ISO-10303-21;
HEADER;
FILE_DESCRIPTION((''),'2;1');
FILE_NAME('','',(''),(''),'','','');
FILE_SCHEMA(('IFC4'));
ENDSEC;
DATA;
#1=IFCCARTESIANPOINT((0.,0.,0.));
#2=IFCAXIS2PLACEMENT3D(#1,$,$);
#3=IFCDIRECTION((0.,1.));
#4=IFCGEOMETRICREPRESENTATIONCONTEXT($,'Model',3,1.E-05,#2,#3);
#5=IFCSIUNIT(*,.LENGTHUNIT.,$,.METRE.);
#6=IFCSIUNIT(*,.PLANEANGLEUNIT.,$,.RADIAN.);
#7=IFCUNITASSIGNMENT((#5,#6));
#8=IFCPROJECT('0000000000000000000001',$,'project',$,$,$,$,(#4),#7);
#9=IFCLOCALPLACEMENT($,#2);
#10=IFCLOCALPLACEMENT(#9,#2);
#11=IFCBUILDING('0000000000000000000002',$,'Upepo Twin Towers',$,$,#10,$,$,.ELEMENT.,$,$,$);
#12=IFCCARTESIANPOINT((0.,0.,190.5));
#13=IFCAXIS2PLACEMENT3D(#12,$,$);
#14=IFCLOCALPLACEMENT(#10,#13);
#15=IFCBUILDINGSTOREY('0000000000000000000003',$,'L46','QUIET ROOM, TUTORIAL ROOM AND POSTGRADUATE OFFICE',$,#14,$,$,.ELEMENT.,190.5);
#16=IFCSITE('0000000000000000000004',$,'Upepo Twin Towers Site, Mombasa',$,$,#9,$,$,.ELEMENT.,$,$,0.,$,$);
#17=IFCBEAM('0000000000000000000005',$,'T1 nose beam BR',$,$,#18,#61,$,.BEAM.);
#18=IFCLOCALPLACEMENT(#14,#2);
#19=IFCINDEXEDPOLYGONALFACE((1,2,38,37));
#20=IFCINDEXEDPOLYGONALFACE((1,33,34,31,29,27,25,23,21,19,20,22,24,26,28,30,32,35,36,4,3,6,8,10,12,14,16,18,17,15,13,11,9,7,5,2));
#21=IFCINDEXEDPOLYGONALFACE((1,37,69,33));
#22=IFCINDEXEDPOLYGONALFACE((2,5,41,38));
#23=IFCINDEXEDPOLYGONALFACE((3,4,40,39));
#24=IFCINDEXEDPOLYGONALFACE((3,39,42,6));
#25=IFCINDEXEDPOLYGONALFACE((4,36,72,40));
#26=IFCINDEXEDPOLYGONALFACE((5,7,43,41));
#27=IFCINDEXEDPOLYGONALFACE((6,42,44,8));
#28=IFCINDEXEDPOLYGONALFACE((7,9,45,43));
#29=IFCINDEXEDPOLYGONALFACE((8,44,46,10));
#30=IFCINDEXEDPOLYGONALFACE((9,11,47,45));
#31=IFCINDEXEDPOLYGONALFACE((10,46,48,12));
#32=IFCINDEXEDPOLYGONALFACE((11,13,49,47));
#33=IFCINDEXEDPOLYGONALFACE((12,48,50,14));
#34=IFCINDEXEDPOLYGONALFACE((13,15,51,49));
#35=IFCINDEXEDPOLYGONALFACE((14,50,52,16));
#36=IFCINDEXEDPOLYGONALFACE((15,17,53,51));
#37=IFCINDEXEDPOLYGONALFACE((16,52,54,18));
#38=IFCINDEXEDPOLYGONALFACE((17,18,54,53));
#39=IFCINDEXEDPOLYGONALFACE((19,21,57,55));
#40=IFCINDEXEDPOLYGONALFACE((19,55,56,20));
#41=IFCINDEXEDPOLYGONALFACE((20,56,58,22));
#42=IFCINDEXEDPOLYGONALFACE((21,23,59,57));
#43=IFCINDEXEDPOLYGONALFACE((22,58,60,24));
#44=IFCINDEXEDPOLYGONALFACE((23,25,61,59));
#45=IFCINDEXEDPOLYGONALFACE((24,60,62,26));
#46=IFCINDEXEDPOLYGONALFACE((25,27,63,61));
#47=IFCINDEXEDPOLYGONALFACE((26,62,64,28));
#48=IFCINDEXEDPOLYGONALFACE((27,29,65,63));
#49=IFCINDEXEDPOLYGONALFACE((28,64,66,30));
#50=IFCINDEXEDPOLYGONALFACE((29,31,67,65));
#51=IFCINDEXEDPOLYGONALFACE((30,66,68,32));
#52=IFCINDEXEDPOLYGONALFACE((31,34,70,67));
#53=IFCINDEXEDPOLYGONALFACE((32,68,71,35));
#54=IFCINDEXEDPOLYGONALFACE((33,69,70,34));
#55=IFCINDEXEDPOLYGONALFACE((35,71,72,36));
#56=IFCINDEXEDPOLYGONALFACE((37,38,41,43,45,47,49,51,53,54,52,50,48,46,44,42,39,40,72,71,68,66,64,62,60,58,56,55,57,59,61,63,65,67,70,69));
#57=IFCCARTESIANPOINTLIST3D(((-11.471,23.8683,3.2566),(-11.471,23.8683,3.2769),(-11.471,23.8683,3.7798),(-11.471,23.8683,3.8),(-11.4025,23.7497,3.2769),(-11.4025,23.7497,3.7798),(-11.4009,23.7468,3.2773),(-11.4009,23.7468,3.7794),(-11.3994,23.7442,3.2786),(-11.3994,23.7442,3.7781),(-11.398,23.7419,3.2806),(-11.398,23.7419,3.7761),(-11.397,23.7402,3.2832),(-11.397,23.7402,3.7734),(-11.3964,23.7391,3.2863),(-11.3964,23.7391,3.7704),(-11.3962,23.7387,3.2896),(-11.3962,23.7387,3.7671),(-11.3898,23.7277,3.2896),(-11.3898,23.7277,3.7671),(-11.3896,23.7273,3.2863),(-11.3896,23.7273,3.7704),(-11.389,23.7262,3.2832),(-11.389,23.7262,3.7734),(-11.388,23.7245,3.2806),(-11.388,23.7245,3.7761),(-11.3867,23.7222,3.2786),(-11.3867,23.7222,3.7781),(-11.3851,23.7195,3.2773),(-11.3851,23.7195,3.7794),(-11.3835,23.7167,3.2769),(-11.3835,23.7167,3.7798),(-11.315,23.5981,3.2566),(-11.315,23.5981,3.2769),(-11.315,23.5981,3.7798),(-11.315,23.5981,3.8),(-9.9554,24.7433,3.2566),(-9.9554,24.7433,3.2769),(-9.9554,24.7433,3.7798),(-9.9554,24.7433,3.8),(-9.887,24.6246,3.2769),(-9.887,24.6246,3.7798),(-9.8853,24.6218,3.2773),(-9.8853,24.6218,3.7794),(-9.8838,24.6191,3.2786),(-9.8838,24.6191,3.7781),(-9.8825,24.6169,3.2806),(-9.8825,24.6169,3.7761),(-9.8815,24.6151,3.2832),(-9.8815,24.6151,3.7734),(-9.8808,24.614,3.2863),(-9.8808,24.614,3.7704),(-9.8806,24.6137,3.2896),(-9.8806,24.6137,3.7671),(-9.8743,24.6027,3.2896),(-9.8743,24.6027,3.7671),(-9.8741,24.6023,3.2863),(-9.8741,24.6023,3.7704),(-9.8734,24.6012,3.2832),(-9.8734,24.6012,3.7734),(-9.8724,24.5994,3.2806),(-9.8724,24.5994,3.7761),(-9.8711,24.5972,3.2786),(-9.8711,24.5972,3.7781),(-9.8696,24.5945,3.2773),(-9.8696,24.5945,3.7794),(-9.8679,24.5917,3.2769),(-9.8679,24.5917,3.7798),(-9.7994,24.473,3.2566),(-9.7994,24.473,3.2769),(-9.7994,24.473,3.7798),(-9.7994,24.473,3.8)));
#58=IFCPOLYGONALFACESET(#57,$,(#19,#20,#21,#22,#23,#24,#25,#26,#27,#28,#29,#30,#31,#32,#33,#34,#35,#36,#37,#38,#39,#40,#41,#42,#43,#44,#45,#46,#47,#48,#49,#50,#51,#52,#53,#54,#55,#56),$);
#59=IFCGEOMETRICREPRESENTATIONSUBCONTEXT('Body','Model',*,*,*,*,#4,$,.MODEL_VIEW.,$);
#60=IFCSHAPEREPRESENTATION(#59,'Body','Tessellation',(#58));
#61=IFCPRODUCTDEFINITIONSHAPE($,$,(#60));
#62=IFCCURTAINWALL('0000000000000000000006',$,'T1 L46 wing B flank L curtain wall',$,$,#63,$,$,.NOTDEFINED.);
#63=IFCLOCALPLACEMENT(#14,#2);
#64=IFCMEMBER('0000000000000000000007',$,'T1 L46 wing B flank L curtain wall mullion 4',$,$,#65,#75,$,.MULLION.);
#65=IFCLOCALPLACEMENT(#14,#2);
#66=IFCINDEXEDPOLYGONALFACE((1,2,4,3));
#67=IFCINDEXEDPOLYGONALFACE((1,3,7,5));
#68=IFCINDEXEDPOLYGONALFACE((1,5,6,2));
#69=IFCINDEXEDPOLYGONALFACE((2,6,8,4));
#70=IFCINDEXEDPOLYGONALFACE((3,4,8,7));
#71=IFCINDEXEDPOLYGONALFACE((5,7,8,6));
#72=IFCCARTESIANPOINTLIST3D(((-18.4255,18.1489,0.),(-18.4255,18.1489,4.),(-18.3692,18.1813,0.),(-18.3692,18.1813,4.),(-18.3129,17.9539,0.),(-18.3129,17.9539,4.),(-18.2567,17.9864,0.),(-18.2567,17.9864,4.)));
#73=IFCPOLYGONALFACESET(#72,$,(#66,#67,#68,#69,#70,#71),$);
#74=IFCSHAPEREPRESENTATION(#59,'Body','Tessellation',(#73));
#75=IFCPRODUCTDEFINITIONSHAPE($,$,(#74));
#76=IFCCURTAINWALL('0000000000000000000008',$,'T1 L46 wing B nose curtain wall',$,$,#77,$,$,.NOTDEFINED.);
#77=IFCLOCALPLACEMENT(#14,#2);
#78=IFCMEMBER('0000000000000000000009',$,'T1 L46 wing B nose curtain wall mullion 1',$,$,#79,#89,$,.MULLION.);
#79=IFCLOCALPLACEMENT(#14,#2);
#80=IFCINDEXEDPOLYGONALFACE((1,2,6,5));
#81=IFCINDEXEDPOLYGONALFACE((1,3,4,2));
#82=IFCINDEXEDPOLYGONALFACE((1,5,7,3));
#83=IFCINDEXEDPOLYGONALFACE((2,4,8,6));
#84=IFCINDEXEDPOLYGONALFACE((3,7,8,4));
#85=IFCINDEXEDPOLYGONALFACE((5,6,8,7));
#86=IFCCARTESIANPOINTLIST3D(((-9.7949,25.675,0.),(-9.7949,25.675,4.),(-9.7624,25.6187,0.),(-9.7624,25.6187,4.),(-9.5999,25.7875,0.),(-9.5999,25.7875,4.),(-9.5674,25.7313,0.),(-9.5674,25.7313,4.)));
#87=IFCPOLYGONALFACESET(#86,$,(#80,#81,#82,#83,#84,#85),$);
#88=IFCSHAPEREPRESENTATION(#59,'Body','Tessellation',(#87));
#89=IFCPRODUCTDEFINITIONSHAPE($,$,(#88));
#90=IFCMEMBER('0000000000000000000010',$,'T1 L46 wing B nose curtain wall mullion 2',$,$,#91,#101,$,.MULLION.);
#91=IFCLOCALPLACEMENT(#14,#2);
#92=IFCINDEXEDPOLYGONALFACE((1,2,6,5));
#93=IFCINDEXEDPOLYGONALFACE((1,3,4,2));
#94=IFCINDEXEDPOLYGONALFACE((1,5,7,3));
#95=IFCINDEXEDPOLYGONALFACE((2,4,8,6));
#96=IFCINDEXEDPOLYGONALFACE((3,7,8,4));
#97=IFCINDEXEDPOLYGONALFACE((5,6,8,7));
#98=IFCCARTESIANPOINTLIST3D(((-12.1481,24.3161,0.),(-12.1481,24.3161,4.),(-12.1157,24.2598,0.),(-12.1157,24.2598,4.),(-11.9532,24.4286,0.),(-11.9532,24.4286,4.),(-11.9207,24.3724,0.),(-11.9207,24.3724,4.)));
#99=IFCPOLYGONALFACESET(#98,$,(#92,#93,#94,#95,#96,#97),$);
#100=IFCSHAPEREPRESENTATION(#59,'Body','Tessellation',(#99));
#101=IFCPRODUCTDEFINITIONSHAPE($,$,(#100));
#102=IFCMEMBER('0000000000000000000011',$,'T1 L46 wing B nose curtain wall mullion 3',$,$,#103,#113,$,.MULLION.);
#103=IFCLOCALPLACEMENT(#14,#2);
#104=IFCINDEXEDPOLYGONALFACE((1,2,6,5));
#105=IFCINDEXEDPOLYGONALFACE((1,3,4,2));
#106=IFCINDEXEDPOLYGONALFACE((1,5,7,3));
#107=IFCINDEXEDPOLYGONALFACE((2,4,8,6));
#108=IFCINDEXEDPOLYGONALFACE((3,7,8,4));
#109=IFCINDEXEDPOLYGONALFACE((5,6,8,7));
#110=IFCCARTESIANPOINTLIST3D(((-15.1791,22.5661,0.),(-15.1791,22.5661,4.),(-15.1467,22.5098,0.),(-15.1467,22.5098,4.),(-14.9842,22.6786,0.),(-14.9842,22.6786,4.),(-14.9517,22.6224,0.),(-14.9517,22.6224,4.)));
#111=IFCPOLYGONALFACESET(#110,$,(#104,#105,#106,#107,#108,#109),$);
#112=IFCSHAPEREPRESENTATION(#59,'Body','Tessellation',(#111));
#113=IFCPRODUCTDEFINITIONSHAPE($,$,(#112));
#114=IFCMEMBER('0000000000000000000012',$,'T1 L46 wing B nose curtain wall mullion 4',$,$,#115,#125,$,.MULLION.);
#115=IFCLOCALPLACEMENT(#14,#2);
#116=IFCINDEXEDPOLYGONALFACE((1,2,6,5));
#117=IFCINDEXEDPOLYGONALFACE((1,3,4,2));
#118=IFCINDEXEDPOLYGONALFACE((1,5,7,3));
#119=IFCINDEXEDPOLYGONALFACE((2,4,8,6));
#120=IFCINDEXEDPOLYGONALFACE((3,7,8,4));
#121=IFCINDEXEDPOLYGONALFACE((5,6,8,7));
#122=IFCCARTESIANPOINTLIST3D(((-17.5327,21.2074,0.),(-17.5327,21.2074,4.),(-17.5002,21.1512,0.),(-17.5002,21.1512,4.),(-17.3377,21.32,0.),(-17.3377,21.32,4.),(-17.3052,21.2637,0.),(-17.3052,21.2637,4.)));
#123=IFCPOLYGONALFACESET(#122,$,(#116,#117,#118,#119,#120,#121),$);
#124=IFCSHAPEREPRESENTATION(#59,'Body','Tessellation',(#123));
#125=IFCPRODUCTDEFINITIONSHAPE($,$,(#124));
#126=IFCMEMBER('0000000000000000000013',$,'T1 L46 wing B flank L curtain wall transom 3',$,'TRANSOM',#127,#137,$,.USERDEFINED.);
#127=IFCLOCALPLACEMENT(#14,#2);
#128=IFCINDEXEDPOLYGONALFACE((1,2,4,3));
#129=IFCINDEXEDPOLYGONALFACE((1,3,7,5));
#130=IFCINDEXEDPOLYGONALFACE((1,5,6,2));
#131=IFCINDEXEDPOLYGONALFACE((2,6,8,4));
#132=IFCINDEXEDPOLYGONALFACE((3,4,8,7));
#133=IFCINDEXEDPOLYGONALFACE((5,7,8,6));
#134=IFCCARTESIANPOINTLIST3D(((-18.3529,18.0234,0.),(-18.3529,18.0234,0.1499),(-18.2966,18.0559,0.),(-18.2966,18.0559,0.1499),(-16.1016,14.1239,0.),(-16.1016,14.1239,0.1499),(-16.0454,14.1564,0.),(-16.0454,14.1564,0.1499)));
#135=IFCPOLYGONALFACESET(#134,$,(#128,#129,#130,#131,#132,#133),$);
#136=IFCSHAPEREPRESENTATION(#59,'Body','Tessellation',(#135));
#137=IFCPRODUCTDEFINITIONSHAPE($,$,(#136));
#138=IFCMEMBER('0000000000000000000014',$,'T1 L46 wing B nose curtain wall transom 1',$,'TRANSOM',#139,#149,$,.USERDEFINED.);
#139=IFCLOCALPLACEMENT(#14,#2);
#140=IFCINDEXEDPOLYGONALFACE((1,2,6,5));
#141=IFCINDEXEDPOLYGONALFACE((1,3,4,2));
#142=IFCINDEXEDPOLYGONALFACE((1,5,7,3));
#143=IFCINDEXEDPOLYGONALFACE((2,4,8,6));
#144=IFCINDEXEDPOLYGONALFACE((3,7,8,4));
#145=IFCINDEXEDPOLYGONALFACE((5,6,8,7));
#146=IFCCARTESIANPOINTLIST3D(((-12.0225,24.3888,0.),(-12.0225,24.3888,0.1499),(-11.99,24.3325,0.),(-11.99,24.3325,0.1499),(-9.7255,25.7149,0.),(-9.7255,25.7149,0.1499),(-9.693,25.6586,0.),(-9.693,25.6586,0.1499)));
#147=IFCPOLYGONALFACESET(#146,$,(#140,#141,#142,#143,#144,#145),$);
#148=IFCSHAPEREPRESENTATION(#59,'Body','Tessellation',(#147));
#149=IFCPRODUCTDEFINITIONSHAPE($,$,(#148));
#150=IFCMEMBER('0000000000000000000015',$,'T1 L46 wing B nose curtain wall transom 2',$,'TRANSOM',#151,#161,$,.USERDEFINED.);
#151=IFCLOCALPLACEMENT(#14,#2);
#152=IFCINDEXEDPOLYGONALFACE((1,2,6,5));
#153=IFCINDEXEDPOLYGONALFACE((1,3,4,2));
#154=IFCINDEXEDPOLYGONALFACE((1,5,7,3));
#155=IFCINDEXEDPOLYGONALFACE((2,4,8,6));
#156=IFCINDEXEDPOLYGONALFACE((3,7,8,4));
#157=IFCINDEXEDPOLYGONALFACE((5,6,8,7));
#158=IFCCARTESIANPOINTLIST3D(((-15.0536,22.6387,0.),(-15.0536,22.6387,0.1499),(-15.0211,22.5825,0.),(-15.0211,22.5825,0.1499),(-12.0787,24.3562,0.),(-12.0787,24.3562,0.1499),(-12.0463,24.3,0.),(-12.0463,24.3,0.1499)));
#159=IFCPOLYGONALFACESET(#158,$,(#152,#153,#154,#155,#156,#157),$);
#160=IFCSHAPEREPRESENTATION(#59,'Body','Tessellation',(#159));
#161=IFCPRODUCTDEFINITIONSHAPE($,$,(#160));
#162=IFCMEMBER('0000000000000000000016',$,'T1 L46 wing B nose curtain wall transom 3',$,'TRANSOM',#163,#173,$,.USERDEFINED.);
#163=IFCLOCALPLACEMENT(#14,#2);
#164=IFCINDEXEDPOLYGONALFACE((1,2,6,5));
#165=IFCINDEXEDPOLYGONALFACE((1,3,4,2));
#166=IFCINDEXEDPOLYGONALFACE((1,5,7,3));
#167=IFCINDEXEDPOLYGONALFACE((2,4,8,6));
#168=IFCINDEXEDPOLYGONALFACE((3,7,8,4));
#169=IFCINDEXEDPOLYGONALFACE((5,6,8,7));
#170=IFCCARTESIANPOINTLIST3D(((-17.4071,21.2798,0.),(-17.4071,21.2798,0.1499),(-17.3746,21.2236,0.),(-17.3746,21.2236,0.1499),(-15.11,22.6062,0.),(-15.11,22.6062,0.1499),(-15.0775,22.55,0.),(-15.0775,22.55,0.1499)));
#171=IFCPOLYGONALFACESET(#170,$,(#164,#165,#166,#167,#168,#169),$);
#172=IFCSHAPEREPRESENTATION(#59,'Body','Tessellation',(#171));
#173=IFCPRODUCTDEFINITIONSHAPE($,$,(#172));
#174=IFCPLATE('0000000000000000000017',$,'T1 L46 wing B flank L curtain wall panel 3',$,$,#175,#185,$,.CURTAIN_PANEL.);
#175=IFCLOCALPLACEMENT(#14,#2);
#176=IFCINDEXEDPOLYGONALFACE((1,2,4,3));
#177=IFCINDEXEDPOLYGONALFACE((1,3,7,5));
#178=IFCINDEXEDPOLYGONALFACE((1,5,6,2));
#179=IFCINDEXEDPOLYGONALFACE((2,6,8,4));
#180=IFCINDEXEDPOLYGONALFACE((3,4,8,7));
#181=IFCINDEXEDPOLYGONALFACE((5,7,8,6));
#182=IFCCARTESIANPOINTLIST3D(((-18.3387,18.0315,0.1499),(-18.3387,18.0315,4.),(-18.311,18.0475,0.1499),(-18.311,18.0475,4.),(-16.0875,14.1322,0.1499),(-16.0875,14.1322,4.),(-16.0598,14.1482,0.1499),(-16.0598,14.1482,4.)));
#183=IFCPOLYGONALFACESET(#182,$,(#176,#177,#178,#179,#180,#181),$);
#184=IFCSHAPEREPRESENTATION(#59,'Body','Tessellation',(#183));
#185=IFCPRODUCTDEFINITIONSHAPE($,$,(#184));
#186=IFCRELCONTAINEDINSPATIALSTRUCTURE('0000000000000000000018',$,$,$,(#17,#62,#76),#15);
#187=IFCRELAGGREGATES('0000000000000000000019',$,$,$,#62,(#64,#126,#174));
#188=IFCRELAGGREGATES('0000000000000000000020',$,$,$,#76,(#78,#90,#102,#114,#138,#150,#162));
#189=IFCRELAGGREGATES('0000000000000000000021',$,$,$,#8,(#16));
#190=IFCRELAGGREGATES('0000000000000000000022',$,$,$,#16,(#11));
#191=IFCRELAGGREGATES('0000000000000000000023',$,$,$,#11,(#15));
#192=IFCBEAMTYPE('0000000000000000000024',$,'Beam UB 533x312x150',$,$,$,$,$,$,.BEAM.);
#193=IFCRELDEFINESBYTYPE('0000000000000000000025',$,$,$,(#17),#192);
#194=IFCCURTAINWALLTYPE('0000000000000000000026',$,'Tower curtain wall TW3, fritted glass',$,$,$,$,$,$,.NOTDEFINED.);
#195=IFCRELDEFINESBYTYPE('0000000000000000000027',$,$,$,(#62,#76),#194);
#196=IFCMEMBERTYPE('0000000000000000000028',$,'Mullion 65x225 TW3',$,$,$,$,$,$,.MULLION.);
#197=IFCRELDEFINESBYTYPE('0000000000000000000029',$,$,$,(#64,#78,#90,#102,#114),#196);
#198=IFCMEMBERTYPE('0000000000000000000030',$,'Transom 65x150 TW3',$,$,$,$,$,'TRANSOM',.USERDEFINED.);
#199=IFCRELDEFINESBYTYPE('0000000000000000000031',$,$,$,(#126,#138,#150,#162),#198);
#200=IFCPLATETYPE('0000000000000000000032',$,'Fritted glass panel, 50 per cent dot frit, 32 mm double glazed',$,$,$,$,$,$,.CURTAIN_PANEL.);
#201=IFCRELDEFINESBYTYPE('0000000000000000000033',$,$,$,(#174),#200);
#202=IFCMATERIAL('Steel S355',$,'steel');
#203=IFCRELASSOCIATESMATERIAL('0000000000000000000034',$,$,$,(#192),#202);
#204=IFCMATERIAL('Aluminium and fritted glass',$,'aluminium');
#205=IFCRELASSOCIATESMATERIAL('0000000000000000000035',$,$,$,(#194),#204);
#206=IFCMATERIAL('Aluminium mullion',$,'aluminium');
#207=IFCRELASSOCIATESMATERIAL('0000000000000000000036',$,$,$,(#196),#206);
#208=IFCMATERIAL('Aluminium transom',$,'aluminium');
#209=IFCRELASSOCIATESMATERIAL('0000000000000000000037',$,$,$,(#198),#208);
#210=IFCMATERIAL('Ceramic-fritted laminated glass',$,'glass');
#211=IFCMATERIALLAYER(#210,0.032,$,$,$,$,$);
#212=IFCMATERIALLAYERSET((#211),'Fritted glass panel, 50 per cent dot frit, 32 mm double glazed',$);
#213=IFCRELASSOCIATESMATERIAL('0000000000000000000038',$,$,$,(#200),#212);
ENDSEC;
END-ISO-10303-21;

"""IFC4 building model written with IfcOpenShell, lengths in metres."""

from ifc_helpers import new_model, si_unit, direction, frame, origin, origin_2d, place, context, subcontext, project, spatial, rectangle, i_section, extrude, material, layer, layer_set, material_profile, profile_set, type_object, element, aggregate, save


model = new_model("IFC4")

# Units and contexts
model_context = context("Model", 3, precision=1e-05, world=origin(), true_north=direction((0.0, 1.0)))
body_context = subcontext(model_context, "Body", "Model", "MODEL_VIEW")
ifc_project = project(units=[si_unit("LENGTHUNIT", "METRE"), si_unit("PLANEANGLEUNIT", "RADIAN")], contexts=[model_context])

# Site, building, storey
site_placement = place(None, origin())
site = spatial("IfcSite", under=ifc_project, at=site_placement, Name="Upepo Twin Towers Site, Mombasa", CompositionType="ELEMENT", RefElevation=0.0)
building_placement = place(site_placement, origin())
building = spatial("IfcBuilding", under=site, at=building_placement, Name="Upepo Twin Towers", CompositionType="ELEMENT")
storey_placement = place(building_placement, frame((0.0, 0.0, 190.5)))
storey = spatial("IfcBuildingStorey", under=building, at=storey_placement, Name="L46", Description="QUIET ROOM, TUTORIAL ROOM AND POSTGRADUATE OFFICE", CompositionType="ELEMENT", Elevation=190.5)

# Beam
ifc_material_1 = material(Name="Steel S355", Category="steel")
ifc_material_profile_1 = material_profile(ifc_material_1, i_section(OverallWidth=0.312, OverallDepth=0.5435, WebThickness=0.0127, FlangeThickness=0.0203, FilletRadius=0.0127, at=origin_2d()), Name="UB 533x312x150")
ifc_profile_set_1 = profile_set([ifc_material_profile_1], Name="Steel S355")
beam_type_1 = type_object("IfcBeamType", Name="Beam UB 533x312x150", PredefinedType="BEAM", material=ifc_profile_set_1)
for number, where, z_axis, x_axis, name in (
    (1, (-9.8774, 24.6082, 3.5283), (-0.866037, -0.49998, 0.0), (0.49998, -0.866037, 0.0), "T1 nose beam BR"),
):
    element("IfcBeam", number, at=place(storey_placement, frame(where, z_axis=z_axis, x_axis=x_axis)), inside=storey, type_object=beam_type_1, Name=name, PredefinedType="BEAM", context=body_context, shape_type="SweptSolid", body=[
        extrude(i_section(OverallWidth=0.312, OverallDepth=0.5435, WebThickness=0.0127, FlangeThickness=0.0203, FilletRadius=0.0127, at=origin_2d()), origin(), (0.0, 0.0, 1.0), 1.75),
    ])

# Curtain wall, member
ifc_material_2 = material(Name="Aluminium and fritted glass", Category="aluminium")
curtain_wall_type = type_object("IfcCurtainWallType", Name="Tower curtain wall TW3, fritted glass", PredefinedType="NOTDEFINED", material=ifc_material_2)
curtain_wall_1_placement = place(storey_placement, origin())
curtain_wall_1 = element("IfcCurtainWall", 2, at=curtain_wall_1_placement, inside=storey, type_object=curtain_wall_type, Name="T1 L46 wing B flank L curtain wall", PredefinedType="NOTDEFINED")
ifc_material_3 = material(Name="Aluminium mullion", Category="aluminium")
ifc_material_profile_2 = material_profile(ifc_material_3, rectangle(XDim=0.0649, YDim=0.2251, at=origin_2d()), Name="MULLION 65x225")
ifc_profile_set_2 = profile_set([ifc_material_profile_2], Name="Aluminium mullion")
member_type_1 = type_object("IfcMemberType", Name="Mullion 65x225 TW3", PredefinedType="MULLION", material=ifc_profile_set_2)
member_1_placement = place(storey_placement, frame((-18.3411, 18.0676, 0.0), z_axis=(0.0, 0.0, 1.0), x_axis=(-0.866025, -0.5, 0.0)))
member_1 = element("IfcMember", 3, at=member_1_placement, type_object=member_type_1, Name="T1 L46 wing B flank L curtain wall mullion 4", PredefinedType="MULLION", context=body_context, shape_type="SweptSolid", body=[
    extrude(rectangle(XDim=0.0649, YDim=0.2251, at=origin_2d()), origin(), (0.0, 0.0, 1.0), 4.0),
])

# Curtain wall, members
curtain_wall_2_placement = place(storey_placement, origin())
curtain_wall_2 = element("IfcCurtainWall", 4, at=curtain_wall_2_placement, inside=storey, type_object=curtain_wall_type, Name="T1 L46 wing B nose curtain wall", PredefinedType="NOTDEFINED")
member_2_placement = place(storey_placement, frame((-9.6812, 25.7031, 0.0), z_axis=(0.0, 0.0, 1.0), x_axis=(0.5, -0.866025, 0.0)))
member_2 = element("IfcMember", 5, at=member_2_placement, type_object=member_type_1, Name="T1 L46 wing B nose curtain wall mullion 1", PredefinedType="MULLION", context=body_context, shape_type="SweptSolid", body=[
    extrude(rectangle(XDim=0.0649, YDim=0.2251, at=origin_2d()), origin(), (0.0, 0.0, 1.0), 4.0),
])
member_3_placement = place(storey_placement, frame((-12.0344, 24.3442, 0.0), z_axis=(0.0, 0.0, 1.0), x_axis=(0.5, -0.866025, 0.0)))
member_3 = element("IfcMember", 6, at=member_3_placement, type_object=member_type_1, Name="T1 L46 wing B nose curtain wall mullion 2", PredefinedType="MULLION", context=body_context, shape_type="SweptSolid", body=[
    extrude(rectangle(XDim=0.0649, YDim=0.2251, at=origin_2d()), origin(), (0.0, 0.0, 1.0), 4.0),
])
member_4_placement = place(storey_placement, frame((-15.0654, 22.5942, 0.0), z_axis=(0.0, 0.0, 1.0), x_axis=(0.5, -0.866025, 0.0)))
member_4 = element("IfcMember", 7, at=member_4_placement, type_object=member_type_1, Name="T1 L46 wing B nose curtain wall mullion 3", PredefinedType="MULLION", context=body_context, shape_type="SweptSolid", body=[
    extrude(rectangle(XDim=0.0649, YDim=0.2251, at=origin_2d()), origin(), (0.0, 0.0, 1.0), 4.0),
])
member_5_placement = place(storey_placement, frame((-17.4189, 21.2356, 0.0), z_axis=(0.0, 0.0, 1.0), x_axis=(0.5, -0.866025, 0.0)))
member_5 = element("IfcMember", 8, at=member_5_placement, type_object=member_type_1, Name="T1 L46 wing B nose curtain wall mullion 4", PredefinedType="MULLION", context=body_context, shape_type="SweptSolid", body=[
    extrude(rectangle(XDim=0.0649, YDim=0.2251, at=origin_2d()), origin(), (0.0, 0.0, 1.0), 4.0),
])

# Members
ifc_material_4 = material(Name="Aluminium transom", Category="aluminium")
ifc_material_profile_3 = material_profile(ifc_material_4, rectangle(XDim=0.0649, YDim=0.1499, at=origin_2d()), Name="TRANSOM 65x150")
ifc_profile_set_3 = profile_set([ifc_material_profile_3], Name="Aluminium transom")
member_type_2 = type_object("IfcMemberType", Name="Transom 65x150 TW3", ElementType="TRANSOM", PredefinedType="USERDEFINED", material=ifc_profile_set_3)
member_6_placement = place(storey_placement, frame((-16.0735, 14.1401, 0.075), z_axis=(-0.499982, 0.866036, 0.0), x_axis=(-0.866036, -0.499982, 0.0)))
member_6 = element("IfcMember", 9, at=member_6_placement, type_object=member_type_2, Name="T1 L46 wing B flank L curtain wall transom 3", ObjectType="TRANSOM", PredefinedType="USERDEFINED", context=body_context, shape_type="SweptSolid", body=[
    extrude(rectangle(XDim=0.0649, YDim=0.1499, at=origin_2d()), origin(), (0.0, 0.0, 1.0), 4.5027),
])
member_7_placement = place(storey_placement, frame((-9.7092, 25.6868, 0.075), z_axis=(-0.866037, -0.49998, 0.0), x_axis=(0.49998, -0.866037, 0.0)))
member_7 = element("IfcMember", 10, at=member_7_placement, type_object=member_type_2, Name="T1 L46 wing B nose curtain wall transom 1", ObjectType="TRANSOM", PredefinedType="USERDEFINED", context=body_context, shape_type="SweptSolid", body=[
    extrude(rectangle(XDim=0.0649, YDim=0.1499, at=origin_2d()), origin(), (0.0, 0.0, 1.0), 2.6523),
])
member_8_placement = place(storey_placement, frame((-12.0625, 24.3281, 0.075), z_axis=(-0.866026, -0.499999, 0.0), x_axis=(0.499999, -0.866026, 0.0)))
member_8 = element("IfcMember", 11, at=member_8_placement, type_object=member_type_2, Name="T1 L46 wing B nose curtain wall transom 2", ObjectType="TRANSOM", PredefinedType="USERDEFINED", context=body_context, shape_type="SweptSolid", body=[
    extrude(rectangle(XDim=0.0649, YDim=0.1499, at=origin_2d()), origin(), (0.0, 0.0, 1.0), 3.4351),
])
member_9_placement = place(storey_placement, frame((-15.0938, 22.5781, 0.075), z_axis=(-0.865997, -0.500049, 0.0), x_axis=(0.500049, -0.865997, 0.0)))
member_9 = element("IfcMember", 12, at=member_9_placement, type_object=member_type_2, Name="T1 L46 wing B nose curtain wall transom 3", ObjectType="TRANSOM", PredefinedType="USERDEFINED", context=body_context, shape_type="SweptSolid", body=[
    extrude(rectangle(XDim=0.0649, YDim=0.1499, at=origin_2d()), origin(), (0.0, 0.0, 1.0), 2.6526),
])

# Plate
ifc_material_5 = material(Name="Ceramic-fritted laminated glass", Category="glass")
ifc_layer_1 = layer(ifc_material_5, 0.032)
ifc_layer_set_1 = layer_set([ifc_layer_1], Name="Fritted glass panel, 50 per cent dot frit, 32 mm double glazed")
plate_type_1 = type_object("IfcPlateType", Name="Fritted glass panel, 50 per cent dot frit, 32 mm double glazed", PredefinedType="CURTAIN_PANEL", material=ifc_layer_set_1)
plate_1_placement = place(storey_placement, frame((-17.1992, 16.0898, 0.1499), z_axis=(0.0, 0.0, 1.0), x_axis=(-0.5, 0.866025, 0.0)))
plate_1 = element("IfcPlate", 13, at=plate_1_placement, type_object=plate_type_1, Name="T1 L46 wing B flank L curtain wall panel 3", PredefinedType="CURTAIN_PANEL", context=body_context, shape_type="SweptSolid", body=[
    extrude(rectangle(XDim=4.5024, YDim=0.032, at=origin_2d()), origin(), (0.0, 0.0, 1.0), 3.8501),
])
aggregate(curtain_wall_1, [member_1, member_6, plate_1])
aggregate(curtain_wall_2, [member_2, member_3, member_4, member_5, member_7, member_8, member_9])

save(model, "model.ifc")
